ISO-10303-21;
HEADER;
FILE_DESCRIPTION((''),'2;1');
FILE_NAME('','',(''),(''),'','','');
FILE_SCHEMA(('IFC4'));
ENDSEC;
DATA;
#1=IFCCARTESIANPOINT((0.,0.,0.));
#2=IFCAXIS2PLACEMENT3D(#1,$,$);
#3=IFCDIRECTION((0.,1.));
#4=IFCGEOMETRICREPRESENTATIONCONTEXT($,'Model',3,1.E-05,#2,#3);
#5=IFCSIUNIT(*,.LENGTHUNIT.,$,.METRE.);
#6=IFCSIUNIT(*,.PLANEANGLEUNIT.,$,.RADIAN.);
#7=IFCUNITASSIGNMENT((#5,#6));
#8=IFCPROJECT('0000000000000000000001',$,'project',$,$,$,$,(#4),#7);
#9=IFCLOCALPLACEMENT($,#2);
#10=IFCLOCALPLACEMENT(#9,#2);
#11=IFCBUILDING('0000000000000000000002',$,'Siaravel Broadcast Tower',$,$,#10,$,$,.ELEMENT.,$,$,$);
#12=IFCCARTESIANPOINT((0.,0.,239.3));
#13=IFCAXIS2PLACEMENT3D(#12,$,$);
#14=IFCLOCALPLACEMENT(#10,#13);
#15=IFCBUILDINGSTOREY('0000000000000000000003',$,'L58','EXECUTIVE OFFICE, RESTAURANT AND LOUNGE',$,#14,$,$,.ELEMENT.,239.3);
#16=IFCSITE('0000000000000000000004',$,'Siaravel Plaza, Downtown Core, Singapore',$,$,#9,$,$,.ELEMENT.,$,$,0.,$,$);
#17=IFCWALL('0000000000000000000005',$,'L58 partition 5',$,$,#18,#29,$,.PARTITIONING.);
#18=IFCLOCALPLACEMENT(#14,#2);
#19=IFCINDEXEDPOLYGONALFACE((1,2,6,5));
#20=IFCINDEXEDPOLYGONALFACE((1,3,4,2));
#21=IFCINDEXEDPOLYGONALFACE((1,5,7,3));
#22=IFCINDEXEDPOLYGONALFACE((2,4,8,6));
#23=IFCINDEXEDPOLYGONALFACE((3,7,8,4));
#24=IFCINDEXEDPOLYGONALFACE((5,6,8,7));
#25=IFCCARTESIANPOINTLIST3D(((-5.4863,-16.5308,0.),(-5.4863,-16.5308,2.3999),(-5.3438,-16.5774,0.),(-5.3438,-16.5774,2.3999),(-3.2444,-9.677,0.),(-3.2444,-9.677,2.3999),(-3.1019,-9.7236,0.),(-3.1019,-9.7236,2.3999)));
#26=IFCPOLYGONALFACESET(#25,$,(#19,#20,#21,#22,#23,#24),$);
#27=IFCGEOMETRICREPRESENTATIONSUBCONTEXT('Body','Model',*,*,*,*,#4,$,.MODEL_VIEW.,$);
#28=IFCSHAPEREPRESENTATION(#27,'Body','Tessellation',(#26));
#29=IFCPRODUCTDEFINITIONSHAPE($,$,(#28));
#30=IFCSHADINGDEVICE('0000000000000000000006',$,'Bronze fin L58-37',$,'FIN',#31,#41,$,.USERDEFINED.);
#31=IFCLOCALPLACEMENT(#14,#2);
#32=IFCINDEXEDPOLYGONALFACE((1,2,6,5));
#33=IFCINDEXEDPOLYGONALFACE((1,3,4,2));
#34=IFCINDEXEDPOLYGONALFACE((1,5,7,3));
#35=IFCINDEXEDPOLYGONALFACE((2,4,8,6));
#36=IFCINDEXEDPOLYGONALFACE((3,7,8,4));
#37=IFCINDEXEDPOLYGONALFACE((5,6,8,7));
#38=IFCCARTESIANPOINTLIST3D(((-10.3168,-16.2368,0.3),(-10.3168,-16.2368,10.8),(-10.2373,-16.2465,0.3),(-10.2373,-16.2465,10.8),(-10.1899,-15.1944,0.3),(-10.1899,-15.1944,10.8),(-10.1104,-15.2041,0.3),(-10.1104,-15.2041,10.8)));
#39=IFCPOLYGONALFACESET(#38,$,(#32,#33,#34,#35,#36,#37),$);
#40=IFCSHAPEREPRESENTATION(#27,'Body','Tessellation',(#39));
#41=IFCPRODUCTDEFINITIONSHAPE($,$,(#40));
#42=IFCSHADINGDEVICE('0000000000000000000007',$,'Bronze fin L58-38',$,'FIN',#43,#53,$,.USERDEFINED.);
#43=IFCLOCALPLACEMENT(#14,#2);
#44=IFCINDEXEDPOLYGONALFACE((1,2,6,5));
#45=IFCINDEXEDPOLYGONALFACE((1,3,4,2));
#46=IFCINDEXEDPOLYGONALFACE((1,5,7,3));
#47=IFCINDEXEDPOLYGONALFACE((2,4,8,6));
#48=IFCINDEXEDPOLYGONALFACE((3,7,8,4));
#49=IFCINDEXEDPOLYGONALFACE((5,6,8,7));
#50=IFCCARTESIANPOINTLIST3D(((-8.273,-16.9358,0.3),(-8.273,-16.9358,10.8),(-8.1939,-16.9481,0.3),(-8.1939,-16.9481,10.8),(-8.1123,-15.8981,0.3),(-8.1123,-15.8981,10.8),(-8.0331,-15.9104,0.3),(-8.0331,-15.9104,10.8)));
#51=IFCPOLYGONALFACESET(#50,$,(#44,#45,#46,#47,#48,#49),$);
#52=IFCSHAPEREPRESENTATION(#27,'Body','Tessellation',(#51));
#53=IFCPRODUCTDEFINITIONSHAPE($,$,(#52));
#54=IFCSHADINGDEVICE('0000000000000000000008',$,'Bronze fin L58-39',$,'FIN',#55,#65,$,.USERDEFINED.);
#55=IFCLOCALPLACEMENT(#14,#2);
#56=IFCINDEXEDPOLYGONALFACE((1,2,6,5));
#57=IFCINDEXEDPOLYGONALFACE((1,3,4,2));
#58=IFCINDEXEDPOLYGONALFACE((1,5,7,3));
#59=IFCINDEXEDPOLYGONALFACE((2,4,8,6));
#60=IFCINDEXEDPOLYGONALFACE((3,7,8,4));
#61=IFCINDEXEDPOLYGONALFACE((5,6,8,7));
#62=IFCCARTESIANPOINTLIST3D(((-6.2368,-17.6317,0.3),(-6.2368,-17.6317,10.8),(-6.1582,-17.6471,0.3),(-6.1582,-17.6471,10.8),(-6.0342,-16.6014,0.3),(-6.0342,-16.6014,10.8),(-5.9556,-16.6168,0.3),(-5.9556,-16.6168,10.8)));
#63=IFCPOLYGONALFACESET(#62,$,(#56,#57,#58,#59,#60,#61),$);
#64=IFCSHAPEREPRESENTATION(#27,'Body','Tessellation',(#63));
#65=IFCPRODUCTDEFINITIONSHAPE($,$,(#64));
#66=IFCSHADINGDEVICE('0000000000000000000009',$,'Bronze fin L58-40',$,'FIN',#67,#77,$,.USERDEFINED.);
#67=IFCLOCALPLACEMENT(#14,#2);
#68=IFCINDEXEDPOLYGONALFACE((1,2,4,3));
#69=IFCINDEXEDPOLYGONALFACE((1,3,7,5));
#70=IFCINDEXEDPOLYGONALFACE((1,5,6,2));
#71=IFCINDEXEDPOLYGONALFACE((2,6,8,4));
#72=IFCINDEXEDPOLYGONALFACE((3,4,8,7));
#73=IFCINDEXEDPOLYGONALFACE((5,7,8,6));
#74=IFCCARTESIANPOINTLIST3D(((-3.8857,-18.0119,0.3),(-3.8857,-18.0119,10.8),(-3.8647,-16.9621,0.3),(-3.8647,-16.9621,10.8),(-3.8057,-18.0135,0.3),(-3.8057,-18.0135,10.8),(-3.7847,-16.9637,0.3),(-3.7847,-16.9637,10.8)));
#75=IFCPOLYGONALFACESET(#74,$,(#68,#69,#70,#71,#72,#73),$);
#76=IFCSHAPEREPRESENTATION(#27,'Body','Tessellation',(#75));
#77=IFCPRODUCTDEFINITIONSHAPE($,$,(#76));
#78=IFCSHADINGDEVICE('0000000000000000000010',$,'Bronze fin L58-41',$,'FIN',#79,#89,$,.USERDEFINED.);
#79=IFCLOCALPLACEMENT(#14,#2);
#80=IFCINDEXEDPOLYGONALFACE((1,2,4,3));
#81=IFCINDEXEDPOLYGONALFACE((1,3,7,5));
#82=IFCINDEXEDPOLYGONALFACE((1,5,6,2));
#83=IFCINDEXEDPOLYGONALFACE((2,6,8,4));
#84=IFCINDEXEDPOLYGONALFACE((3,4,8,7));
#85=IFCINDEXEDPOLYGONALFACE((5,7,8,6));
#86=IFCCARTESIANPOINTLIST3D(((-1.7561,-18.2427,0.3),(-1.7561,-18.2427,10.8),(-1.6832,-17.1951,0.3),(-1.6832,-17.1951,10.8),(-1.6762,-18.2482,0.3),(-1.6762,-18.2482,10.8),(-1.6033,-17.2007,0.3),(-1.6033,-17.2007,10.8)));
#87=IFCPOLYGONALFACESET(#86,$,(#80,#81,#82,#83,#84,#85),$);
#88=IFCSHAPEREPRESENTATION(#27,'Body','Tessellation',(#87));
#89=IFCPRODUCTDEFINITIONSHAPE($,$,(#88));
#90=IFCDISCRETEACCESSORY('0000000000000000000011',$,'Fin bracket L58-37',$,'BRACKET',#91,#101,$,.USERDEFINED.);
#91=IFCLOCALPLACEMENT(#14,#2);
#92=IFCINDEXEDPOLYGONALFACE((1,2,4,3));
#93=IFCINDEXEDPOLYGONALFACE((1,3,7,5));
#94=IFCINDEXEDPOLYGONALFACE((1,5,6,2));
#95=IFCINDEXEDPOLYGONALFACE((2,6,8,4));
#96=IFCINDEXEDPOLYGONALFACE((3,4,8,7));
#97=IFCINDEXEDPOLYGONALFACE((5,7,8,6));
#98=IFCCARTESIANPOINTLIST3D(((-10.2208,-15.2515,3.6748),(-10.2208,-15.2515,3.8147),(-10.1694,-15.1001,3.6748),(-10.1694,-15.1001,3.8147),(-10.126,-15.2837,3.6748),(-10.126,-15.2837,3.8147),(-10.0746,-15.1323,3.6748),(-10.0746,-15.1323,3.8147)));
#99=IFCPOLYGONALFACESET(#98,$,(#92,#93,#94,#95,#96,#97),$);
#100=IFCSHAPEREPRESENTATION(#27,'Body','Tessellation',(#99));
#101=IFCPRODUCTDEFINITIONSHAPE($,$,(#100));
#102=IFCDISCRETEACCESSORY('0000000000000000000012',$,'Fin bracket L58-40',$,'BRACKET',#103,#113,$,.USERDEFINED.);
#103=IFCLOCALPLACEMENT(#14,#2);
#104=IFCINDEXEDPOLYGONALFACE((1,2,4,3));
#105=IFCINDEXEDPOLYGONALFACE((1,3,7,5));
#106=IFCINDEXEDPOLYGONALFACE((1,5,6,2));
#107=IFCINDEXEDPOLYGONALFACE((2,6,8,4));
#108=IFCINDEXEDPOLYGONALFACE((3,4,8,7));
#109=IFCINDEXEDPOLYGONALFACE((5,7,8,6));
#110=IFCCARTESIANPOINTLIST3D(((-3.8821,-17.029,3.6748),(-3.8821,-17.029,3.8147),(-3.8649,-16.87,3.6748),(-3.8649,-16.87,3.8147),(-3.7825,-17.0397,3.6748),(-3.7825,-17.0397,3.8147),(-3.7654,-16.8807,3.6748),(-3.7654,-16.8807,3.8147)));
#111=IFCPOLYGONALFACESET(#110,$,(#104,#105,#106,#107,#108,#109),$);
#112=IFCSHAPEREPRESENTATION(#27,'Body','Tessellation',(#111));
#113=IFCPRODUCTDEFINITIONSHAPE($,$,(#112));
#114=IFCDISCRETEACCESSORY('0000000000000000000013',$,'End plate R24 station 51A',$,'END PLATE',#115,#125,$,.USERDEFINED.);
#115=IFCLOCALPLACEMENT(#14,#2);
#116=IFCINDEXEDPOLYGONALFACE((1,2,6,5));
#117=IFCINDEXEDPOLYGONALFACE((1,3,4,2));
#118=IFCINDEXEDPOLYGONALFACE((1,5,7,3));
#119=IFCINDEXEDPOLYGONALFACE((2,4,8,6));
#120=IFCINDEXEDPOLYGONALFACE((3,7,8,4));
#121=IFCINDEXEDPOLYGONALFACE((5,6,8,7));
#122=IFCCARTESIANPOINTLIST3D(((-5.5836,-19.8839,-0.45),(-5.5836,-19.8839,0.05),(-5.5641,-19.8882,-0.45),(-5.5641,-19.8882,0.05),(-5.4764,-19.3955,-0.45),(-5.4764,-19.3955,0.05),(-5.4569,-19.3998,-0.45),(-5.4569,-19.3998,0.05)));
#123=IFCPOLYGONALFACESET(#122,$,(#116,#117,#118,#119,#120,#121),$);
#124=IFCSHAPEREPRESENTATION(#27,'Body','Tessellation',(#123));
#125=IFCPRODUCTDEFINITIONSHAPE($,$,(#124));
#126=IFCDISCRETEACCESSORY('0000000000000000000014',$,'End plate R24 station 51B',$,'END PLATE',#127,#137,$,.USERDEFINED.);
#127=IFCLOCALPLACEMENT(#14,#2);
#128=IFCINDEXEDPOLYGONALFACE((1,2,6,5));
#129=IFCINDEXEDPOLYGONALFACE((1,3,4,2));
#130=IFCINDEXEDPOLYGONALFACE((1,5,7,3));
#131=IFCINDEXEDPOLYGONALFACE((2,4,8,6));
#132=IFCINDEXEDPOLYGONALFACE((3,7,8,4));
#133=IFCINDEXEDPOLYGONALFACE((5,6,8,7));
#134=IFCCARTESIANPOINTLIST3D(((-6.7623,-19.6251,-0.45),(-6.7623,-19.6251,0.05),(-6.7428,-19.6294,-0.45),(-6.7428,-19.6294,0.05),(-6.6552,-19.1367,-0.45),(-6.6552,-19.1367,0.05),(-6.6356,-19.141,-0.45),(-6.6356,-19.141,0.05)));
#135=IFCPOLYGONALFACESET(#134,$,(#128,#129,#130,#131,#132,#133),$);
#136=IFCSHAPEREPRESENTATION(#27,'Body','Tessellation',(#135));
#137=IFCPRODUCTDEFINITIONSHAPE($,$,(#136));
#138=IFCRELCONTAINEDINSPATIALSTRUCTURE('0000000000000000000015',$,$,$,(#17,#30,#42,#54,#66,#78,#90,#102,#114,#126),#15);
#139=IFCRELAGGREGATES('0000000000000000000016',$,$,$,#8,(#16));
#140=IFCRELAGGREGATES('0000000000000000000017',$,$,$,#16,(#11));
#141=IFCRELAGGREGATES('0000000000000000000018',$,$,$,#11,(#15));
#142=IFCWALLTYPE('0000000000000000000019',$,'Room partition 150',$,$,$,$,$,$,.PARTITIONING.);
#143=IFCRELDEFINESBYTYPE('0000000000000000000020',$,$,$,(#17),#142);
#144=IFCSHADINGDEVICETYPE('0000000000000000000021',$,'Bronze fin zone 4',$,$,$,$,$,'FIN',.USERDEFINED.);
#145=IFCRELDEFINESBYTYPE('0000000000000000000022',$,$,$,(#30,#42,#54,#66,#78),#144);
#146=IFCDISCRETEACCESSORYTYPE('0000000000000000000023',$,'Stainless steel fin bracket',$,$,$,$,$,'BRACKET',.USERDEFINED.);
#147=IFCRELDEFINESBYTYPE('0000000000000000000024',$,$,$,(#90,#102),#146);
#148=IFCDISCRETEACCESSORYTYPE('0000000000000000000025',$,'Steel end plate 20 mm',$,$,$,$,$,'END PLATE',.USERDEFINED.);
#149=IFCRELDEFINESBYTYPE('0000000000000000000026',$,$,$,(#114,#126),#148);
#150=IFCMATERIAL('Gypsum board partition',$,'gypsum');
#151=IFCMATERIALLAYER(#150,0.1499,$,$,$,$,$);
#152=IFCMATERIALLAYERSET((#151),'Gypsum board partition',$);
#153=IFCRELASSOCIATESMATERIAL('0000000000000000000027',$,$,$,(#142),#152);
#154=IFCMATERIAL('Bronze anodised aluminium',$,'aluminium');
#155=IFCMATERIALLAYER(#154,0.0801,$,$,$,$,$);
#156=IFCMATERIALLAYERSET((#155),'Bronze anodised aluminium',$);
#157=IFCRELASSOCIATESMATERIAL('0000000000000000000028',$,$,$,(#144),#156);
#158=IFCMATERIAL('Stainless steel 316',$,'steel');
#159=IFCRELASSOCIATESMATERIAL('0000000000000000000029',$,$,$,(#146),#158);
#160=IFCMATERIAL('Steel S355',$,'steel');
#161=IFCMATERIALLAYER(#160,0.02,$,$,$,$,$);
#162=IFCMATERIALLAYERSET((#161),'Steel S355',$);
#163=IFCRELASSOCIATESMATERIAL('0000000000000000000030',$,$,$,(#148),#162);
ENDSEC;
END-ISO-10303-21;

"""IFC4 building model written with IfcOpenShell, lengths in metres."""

from ifc_helpers import new_model, si_unit, direction, frame, frame_2d, origin, origin_2d, place, context, subcontext, project, spatial, rectangle, extrude, material, layer, layer_set, type_object, element, save


model = new_model("IFC4")

# Units and contexts
model_context = context("Model", 3, precision=1e-05, world=origin(), true_north=direction((0.0, 1.0)))
body_context = subcontext(model_context, "Body", "Model", "MODEL_VIEW")
ifc_project = project(units=[si_unit("LENGTHUNIT", "METRE"), si_unit("PLANEANGLEUNIT", "RADIAN")], contexts=[model_context])

# Site, building, storey
site_placement = place(None, origin())
site = spatial("IfcSite", under=ifc_project, at=site_placement, Name="Siaravel Plaza, Downtown Core, Singapore", CompositionType="ELEMENT", RefElevation=0.0)
building_placement = place(site_placement, origin())
building = spatial("IfcBuilding", under=site, at=building_placement, Name="Siaravel Broadcast Tower", CompositionType="ELEMENT")
storey_placement = place(building_placement, frame((0.0, 0.0, 239.3)))
storey = spatial("IfcBuildingStorey", under=building, at=storey_placement, Name="L58", Description="EXECUTIVE OFFICE, RESTAURANT AND LOUNGE", CompositionType="ELEMENT", Elevation=239.3)

# Shared definitions
ifc_material_1 = material(Name="Steel S355", Category="steel")

# Wall
ifc_material_2 = material(Name="Gypsum board partition", Category="gypsum")
ifc_layer_1 = layer(ifc_material_2, 0.1499)
ifc_layer_set_1 = layer_set([ifc_layer_1], Name="Gypsum board partition")
wall_type = type_object("IfcWallType", Name="Room partition 150", PredefinedType="PARTITIONING", material=ifc_layer_set_1)
wall_placement = place(storey_placement, frame((-5.415, -16.554, 0.0), z_axis=(0.0, 0.0, 1.0), x_axis=(0.310901, 0.950442, 0.0)))
element("IfcWall", 1, at=wall_placement, inside=storey, type_object=wall_type, Name="L58 partition 5", PredefinedType="PARTITIONING", context=body_context, shape_type="SweptSolid", body=[
    extrude(rectangle(XDim=7.2112, YDim=0.1499, at=frame_2d((3.6055, 0.0))), origin(), (0.0, 0.0, 1.0), 2.3999),
])

# Shading devices
ifc_material_3 = material(Name="Bronze anodised aluminium", Category="aluminium")
ifc_layer_2 = layer(ifc_material_3, 0.0801)
ifc_layer_set_2 = layer_set([ifc_layer_2], Name="Bronze anodised aluminium")
shading_device_type = type_object("IfcShadingDeviceType", Name="Bronze fin zone 4", ElementType="FIN", PredefinedType="USERDEFINED", material=ifc_layer_set_2)
for number, where, z_axis, x_axis, name in (
    (2, (-10.2136, -15.7205, 0.3), (0.0, 0.0, 1.0), (-0.120821, -0.992674, 0.0), "Bronze fin L58-37"),
    (3, (-8.1531, -16.4231, 0.3), (0.0, 0.0, 1.0), (-0.1531, -0.988211, 0.0), "Bronze fin L58-38"),
    (4, (-6.0962, -17.1243, 0.3), (0.0, 0.0, 1.0), (-0.19299, -0.981201, 0.0), "Bronze fin L58-39"),
    (5, (-3.8352, -17.4878, 0.3), (0.0, 0.0, 1.0), (-0.019976, -0.9998, 0.0), "Bronze fin L58-40"),
    (6, (-1.6797, -17.7217, 0.3), (0.0, 0.0, 1.0), (-0.069373, -0.997591, 0.0), "Bronze fin L58-41"),
):
    element("IfcShadingDevice", number, at=place(storey_placement, frame(where, z_axis=z_axis, x_axis=x_axis)), inside=storey, type_object=shading_device_type, Name=name, ObjectType="FIN", PredefinedType="USERDEFINED", context=body_context, shape_type="SweptSolid", body=[
        extrude(rectangle(XDim=1.05, YDim=0.0801, at=origin_2d()), origin(), (0.0, 0.0, 1.0), 10.5),
    ])

# Discrete accessories
ifc_material_4 = material(Name="Stainless steel 316", Category="steel")
discrete_accessory_type_1 = type_object("IfcDiscreteAccessoryType", Name="Stainless steel fin bracket", ElementType="BRACKET", PredefinedType="USERDEFINED", material=ifc_material_4)
for number, where, z_axis, x_axis, name in (
    (7, (-10.1477, -15.1919, 3.6748), (0.0, 0.0, 1.0), (-0.321302, -0.946977, 0.0), "Fin bracket L58-37"),
    (8, (-3.8237, -16.9548, 3.6748), (0.0, 0.0, 1.0), (-0.107219, -0.994235, 0.0), "Fin bracket L58-40"),
):
    element("IfcDiscreteAccessory", number, at=place(storey_placement, frame(where, z_axis=z_axis, x_axis=x_axis)), inside=storey, type_object=discrete_accessory_type_1, Name=name, ObjectType="BRACKET", PredefinedType="USERDEFINED", context=body_context, shape_type="SweptSolid", body=[
        extrude(rectangle(XDim=0.1599, YDim=0.1001, at=origin_2d()), origin(), (0.0, 0.0, 1.0), 0.1399),
    ])
ifc_layer_3 = layer(ifc_material_1, 0.02)
ifc_layer_set_3 = layer_set([ifc_layer_3], Name="Steel S355")
discrete_accessory_type_2 = type_object("IfcDiscreteAccessoryType", Name="Steel end plate 20 mm", ElementType="END PLATE", PredefinedType="USERDEFINED", material=ifc_layer_set_3)
for number, where, z_axis, x_axis, name in (
    (9, (-5.5203, -19.6418, -0.45), (0.0, 0.0, 1.0), (0.976751, -0.214377, 0.0), "End plate R24 station 51A"),
    (10, (-6.699, -19.3831, -0.45), (0.0, 0.0, 1.0), (0.976751, -0.214377, 0.0), "End plate R24 station 51B"),
):
    element("IfcDiscreteAccessory", number, at=place(storey_placement, frame(where, z_axis=z_axis, x_axis=x_axis)), inside=storey, type_object=discrete_accessory_type_2, Name=name, ObjectType="END PLATE", PredefinedType="USERDEFINED", context=body_context, shape_type="SweptSolid", body=[
        extrude(rectangle(XDim=0.02, YDim=0.5, at=origin_2d()), origin(), (0.0, 0.0, 1.0), 0.5),
    ])

save(model, "model.ifc")
